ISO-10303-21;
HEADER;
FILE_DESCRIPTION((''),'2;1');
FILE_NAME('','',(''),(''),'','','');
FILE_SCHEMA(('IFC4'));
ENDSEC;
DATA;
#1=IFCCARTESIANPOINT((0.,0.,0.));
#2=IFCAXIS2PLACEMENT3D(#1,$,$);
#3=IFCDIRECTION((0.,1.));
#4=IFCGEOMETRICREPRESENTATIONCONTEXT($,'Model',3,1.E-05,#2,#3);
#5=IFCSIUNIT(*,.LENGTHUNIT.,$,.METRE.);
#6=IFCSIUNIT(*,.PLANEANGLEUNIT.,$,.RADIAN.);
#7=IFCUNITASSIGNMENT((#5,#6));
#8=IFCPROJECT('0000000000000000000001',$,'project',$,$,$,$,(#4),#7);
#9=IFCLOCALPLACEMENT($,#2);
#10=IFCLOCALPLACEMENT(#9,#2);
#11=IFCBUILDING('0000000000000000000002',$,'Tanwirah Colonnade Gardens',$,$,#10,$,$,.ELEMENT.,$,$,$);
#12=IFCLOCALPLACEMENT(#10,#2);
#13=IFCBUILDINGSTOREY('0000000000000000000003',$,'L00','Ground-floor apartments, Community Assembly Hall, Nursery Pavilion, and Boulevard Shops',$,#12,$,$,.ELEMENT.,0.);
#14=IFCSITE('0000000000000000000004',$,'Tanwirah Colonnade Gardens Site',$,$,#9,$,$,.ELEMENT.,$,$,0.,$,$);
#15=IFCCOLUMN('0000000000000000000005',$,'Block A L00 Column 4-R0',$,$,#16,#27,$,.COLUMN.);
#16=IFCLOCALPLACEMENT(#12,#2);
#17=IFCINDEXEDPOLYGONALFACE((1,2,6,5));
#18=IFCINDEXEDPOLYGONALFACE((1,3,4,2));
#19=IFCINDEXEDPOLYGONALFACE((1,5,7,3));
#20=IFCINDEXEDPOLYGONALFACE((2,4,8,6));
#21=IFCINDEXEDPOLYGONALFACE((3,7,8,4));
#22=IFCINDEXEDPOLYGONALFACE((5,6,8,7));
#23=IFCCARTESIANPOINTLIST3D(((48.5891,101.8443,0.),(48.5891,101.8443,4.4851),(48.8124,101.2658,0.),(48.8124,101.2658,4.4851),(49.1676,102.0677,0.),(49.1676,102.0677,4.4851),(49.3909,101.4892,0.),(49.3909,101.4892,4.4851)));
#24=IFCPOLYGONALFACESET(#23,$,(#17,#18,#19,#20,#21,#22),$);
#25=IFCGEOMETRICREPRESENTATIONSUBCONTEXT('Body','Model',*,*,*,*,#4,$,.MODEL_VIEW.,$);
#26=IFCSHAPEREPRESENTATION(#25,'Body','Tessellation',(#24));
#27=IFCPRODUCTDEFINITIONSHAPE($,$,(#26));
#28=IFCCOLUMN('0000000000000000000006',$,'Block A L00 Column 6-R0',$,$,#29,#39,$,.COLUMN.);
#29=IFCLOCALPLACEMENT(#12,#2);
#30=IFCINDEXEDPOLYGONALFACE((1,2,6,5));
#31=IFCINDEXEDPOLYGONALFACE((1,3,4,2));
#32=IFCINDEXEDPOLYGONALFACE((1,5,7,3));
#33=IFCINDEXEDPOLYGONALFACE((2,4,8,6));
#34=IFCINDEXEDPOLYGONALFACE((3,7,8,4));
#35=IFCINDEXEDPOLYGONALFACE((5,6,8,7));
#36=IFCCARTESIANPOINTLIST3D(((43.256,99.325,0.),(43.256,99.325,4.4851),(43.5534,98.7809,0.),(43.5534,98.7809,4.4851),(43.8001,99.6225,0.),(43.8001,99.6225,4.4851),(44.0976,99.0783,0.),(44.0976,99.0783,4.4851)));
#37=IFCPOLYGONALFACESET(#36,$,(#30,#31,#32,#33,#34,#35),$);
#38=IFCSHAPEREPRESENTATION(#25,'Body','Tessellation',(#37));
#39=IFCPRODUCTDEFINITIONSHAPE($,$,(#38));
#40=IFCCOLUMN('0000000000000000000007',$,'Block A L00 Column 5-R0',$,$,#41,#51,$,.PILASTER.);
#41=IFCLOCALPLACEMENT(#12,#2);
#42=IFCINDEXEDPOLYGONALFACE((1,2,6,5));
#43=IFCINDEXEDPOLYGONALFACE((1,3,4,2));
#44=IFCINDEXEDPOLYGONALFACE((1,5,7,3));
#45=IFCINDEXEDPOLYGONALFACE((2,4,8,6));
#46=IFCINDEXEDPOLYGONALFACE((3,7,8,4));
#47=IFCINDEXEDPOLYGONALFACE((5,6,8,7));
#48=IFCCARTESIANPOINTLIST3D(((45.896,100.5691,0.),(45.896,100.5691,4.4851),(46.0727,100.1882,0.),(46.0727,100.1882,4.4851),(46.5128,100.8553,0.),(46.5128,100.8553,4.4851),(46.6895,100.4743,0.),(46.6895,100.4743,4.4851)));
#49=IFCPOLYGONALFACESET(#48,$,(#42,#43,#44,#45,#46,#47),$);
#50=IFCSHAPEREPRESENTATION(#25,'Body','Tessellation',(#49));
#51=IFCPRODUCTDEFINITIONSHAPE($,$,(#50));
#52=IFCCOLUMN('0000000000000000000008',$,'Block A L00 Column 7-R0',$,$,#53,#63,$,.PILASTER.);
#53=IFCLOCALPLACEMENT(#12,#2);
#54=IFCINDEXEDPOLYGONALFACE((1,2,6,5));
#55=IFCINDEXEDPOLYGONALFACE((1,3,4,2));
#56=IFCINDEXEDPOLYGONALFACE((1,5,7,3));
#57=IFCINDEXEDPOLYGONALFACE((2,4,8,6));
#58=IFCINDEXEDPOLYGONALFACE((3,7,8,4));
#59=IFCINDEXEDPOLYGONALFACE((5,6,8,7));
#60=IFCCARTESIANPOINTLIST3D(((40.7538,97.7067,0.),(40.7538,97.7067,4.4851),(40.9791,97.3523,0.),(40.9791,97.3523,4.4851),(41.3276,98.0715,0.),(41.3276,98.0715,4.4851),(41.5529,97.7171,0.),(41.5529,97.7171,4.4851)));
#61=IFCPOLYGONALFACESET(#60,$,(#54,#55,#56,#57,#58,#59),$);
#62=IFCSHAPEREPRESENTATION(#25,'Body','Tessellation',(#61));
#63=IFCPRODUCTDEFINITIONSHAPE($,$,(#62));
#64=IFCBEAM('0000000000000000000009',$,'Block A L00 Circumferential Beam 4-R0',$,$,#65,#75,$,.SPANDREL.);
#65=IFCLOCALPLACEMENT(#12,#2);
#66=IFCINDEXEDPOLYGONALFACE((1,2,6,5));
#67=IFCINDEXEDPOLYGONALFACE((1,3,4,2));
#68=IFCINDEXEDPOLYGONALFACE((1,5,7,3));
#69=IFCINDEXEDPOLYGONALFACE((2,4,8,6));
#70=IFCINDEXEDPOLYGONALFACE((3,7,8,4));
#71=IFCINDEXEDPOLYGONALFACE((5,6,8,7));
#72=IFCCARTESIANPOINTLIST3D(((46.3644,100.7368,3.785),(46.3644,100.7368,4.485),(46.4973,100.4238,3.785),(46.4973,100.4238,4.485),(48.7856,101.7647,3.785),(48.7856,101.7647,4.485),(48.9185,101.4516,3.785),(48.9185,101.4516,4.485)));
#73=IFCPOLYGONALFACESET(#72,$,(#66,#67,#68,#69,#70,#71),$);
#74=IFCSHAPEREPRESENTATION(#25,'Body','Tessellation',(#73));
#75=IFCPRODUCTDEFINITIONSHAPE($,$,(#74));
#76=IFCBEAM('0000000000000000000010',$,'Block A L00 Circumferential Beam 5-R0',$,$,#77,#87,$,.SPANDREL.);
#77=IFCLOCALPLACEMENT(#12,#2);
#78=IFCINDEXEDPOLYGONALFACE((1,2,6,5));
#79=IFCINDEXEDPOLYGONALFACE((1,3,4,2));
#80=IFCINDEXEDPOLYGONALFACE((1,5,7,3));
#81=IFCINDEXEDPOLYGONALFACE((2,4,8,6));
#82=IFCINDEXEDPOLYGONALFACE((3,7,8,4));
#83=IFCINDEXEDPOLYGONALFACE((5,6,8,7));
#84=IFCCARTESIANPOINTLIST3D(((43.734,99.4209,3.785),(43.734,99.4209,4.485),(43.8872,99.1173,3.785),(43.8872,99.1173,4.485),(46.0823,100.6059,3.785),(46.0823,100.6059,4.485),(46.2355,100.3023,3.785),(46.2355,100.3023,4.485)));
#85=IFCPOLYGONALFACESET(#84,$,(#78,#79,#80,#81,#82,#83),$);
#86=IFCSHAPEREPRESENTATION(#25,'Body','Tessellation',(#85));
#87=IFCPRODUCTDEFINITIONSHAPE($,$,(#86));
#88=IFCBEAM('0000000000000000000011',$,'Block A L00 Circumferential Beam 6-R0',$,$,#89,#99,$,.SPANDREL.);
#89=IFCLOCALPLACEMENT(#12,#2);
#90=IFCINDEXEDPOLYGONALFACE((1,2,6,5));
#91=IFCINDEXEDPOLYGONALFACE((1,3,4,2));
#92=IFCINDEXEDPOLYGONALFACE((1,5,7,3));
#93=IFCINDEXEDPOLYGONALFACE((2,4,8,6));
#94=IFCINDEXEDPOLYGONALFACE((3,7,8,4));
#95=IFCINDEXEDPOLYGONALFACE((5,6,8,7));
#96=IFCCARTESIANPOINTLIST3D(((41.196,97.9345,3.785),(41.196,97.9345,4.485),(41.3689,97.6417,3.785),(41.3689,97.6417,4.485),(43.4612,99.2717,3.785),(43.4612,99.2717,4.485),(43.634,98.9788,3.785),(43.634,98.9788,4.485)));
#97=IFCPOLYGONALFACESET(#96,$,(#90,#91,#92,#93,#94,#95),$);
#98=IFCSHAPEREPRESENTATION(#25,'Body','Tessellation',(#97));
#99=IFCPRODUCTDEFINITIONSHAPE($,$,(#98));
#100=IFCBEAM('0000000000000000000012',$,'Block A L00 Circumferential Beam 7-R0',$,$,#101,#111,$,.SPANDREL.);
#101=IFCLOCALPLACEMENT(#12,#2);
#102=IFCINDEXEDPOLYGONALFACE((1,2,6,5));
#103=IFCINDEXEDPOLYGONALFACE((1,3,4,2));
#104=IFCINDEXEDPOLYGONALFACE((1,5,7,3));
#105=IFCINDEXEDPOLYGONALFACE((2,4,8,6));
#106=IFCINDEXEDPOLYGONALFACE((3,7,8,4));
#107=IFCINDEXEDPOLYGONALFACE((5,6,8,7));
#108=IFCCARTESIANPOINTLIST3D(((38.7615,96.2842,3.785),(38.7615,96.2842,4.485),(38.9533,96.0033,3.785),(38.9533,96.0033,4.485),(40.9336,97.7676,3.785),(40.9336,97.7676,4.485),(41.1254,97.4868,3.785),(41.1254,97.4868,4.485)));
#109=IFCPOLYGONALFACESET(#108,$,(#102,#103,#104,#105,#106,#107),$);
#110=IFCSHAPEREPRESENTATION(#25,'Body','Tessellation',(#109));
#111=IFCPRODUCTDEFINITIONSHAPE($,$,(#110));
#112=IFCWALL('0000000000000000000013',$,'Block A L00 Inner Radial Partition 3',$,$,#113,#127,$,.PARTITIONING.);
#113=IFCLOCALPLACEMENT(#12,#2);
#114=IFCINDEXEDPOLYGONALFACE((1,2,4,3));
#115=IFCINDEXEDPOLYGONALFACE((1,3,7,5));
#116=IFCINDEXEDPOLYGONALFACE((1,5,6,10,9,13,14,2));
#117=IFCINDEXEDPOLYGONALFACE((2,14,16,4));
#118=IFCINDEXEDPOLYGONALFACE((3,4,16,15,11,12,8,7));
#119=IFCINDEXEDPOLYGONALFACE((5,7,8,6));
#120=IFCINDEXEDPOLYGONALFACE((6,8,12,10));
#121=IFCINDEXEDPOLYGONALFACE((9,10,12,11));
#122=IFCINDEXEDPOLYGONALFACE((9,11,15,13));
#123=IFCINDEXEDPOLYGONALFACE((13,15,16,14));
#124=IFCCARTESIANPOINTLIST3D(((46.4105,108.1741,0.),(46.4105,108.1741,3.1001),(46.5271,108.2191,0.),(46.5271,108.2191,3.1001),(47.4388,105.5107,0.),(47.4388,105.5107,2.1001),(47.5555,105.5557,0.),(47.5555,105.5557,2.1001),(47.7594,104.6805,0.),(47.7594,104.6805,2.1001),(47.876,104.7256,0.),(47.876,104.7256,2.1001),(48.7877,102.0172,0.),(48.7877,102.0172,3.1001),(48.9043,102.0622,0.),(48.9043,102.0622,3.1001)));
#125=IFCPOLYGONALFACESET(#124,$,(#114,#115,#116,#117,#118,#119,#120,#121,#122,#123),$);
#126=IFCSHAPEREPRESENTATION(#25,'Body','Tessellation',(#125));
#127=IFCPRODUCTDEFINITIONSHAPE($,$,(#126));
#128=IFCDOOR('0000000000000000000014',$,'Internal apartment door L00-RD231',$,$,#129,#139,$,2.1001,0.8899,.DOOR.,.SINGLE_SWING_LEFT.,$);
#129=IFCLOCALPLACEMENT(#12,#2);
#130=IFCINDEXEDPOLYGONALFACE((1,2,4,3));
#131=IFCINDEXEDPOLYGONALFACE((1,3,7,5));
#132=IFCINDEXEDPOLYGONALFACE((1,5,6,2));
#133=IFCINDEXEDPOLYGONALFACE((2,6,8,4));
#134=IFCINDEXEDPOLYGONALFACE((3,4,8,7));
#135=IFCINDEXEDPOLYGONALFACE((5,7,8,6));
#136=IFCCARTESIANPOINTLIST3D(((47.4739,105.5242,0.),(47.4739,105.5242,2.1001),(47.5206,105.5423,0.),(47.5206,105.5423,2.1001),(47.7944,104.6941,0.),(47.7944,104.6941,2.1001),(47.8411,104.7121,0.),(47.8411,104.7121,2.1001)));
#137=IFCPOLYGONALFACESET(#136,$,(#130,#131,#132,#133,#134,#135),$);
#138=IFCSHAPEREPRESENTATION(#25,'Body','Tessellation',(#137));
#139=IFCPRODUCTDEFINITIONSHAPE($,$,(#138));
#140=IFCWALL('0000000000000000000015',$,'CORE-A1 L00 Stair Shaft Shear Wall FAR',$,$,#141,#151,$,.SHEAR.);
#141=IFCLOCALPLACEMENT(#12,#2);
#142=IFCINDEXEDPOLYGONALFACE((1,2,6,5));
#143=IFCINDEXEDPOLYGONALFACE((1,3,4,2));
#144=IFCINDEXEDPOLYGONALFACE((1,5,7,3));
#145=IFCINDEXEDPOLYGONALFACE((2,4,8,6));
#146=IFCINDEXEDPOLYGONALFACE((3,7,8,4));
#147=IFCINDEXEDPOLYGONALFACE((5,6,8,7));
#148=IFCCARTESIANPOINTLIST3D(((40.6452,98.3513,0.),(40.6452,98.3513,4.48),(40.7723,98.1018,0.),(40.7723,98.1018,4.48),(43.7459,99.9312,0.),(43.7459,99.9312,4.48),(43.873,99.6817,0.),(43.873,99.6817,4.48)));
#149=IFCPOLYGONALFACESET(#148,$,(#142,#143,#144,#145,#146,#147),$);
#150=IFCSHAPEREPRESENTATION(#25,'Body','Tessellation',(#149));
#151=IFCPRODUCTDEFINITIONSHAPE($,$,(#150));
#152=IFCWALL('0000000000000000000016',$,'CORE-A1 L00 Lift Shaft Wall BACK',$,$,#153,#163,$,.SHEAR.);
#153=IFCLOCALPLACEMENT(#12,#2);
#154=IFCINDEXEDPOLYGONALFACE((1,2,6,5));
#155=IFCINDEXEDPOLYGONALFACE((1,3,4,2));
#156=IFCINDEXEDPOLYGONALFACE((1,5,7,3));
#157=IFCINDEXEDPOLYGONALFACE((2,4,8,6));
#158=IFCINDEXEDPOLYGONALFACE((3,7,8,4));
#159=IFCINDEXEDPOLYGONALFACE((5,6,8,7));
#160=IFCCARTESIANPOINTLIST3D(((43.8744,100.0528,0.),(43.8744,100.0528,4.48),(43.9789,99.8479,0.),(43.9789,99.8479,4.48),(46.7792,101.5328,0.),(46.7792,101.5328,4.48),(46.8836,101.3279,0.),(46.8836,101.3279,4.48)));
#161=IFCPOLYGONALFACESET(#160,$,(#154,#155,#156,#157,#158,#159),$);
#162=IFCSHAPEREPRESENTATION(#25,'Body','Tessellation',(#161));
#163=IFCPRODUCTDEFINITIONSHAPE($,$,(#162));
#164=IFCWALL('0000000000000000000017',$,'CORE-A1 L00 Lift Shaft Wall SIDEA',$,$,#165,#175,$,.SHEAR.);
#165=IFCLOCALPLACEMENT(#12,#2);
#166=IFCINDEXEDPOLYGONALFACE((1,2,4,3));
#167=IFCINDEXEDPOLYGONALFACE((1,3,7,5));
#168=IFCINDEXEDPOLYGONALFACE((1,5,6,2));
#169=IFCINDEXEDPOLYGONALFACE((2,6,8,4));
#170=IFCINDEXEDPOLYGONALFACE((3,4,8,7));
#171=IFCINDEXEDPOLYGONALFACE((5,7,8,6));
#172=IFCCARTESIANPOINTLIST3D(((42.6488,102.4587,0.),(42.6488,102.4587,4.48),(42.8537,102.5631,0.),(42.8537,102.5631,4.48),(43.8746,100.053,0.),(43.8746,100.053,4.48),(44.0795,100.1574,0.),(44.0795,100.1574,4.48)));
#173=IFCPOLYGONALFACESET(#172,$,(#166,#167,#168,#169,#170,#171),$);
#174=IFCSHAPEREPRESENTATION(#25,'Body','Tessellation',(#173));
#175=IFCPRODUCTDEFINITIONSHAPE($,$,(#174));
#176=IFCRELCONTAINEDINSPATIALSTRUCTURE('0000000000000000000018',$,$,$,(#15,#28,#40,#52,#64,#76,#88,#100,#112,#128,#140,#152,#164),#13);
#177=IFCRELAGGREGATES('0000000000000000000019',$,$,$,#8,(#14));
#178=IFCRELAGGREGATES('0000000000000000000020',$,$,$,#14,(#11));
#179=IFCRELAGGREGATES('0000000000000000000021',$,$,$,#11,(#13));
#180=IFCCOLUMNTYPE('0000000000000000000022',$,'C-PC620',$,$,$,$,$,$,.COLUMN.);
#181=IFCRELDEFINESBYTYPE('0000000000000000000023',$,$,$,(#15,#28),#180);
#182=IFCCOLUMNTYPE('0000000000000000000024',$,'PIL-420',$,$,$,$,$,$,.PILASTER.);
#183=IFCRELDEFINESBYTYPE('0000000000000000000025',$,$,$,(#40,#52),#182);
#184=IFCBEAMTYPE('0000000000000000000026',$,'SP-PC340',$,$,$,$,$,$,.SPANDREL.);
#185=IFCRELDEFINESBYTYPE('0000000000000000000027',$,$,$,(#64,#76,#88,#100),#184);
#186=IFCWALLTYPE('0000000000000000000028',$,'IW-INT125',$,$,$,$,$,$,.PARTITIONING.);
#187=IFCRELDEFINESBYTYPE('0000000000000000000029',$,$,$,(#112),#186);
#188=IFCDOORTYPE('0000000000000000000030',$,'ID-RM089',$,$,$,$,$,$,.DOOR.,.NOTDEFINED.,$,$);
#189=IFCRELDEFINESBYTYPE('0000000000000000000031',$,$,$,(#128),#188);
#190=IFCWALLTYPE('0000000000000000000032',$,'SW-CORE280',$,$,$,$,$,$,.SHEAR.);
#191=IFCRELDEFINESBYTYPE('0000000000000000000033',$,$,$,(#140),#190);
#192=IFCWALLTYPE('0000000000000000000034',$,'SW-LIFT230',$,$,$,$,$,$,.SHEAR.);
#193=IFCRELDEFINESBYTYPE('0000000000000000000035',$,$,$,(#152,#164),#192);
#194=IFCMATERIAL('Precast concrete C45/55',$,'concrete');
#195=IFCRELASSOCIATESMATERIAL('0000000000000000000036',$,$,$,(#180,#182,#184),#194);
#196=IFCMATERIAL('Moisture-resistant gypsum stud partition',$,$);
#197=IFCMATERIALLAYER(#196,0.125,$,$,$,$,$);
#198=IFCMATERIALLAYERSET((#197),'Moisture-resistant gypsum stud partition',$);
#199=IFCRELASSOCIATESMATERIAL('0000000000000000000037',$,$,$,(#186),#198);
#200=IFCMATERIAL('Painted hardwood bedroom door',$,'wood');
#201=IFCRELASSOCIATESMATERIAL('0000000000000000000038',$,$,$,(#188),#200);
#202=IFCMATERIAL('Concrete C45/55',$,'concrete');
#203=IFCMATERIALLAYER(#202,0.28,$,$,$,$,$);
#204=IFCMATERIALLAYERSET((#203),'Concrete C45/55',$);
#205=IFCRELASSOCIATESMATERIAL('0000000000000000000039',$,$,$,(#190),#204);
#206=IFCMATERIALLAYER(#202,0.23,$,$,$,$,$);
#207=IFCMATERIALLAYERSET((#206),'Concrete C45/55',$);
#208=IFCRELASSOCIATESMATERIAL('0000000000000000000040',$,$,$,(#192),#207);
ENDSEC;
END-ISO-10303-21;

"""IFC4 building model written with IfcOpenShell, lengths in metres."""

from ifc_helpers import new_model, si_unit, direction, frame, frame_2d, origin, origin_2d, place, context, subcontext, project, spatial, rectangle, extrude, material, layer, layer_set, material_profile, profile_set, type_object, element, fill, save


model = new_model("IFC4")

# Units and contexts
model_context = context("Model", 3, precision=1e-05, world=origin(), true_north=direction((0.0, 1.0)))
body_context = subcontext(model_context, "Body", "Model", "MODEL_VIEW")
ifc_project = project(units=[si_unit("LENGTHUNIT", "METRE"), si_unit("PLANEANGLEUNIT", "RADIAN")], contexts=[model_context])

# Site, building, storey
site_placement = place(None, origin())
site = spatial("IfcSite", under=ifc_project, at=site_placement, Name="Tanwirah Colonnade Gardens Site", CompositionType="ELEMENT", RefElevation=0.0)
building_placement = place(site_placement, origin())
building = spatial("IfcBuilding", under=site, at=building_placement, Name="Tanwirah Colonnade Gardens", CompositionType="ELEMENT")
storey_placement = place(building_placement, origin())
storey = spatial("IfcBuildingStorey", under=building, at=storey_placement, Name="L00", Description="Ground-floor apartments, Community Assembly Hall, Nursery Pavilion, and Boulevard Shops", CompositionType="ELEMENT", Elevation=0.0)

# Columns
ifc_material_1 = material(Name="Precast concrete C45/55", Category="concrete")
ifc_material_profile_1 = material_profile(ifc_material_1, rectangle(XDim=0.6201, YDim=0.6201, at=origin_2d()), Name="PC-COL 620x620")
ifc_profile_set_1 = profile_set([ifc_material_profile_1], Name="Precast concrete C45/55")
column_type_1 = type_object("IfcColumnType", Name="C-PC620", PredefinedType="COLUMN", material=ifc_profile_set_1)
for number, where, z_axis, x_axis, name in (
    (1, (48.99, 101.6667, 0.0), (0.0, 0.0, 1.0), (-0.360178, 0.932884, 0.0), "Block A L00 Column 4-R0"),
    (2, (43.6768, 99.2017, 0.0), (0.0, 0.0, 1.0), (-0.479713, 0.877425, 0.0), "Block A L00 Column 6-R0"),
):
    element("IfcColumn", number, at=place(storey_placement, frame(where, z_axis=z_axis, x_axis=x_axis)), inside=storey, type_object=column_type_1, Name=name, PredefinedType="COLUMN", context=body_context, shape_type="SweptSolid", body=[
        extrude(rectangle(XDim=0.6201, YDim=0.6201, at=origin_2d()), origin(), (0.0, 0.0, 1.0), 4.4851),
    ])
ifc_material_profile_2 = material_profile(ifc_material_1, rectangle(XDim=0.4199, YDim=0.6799, at=origin_2d()), Name="PC-PIL 420x680")
ifc_profile_set_2 = profile_set([ifc_material_profile_2], Name="Precast concrete C45/55")
column_type_2 = type_object("IfcColumnType", Name="PIL-420", PredefinedType="PILASTER", material=ifc_profile_set_2)
for number, where, z_axis, x_axis, name in (
    (3, (46.2927, 100.5217, 0.0), (0.0, 0.0, 1.0), (-0.42086, 0.907126, 0.0), "Block A L00 Column 5-R0"),
    (4, (41.1533, 97.7119, 0.0), (0.0, 0.0, 1.0), (-0.536482, 0.843912, 0.0), "Block A L00 Column 7-R0"),
):
    element("IfcColumn", number, at=place(storey_placement, frame(where, z_axis=z_axis, x_axis=x_axis)), inside=storey, type_object=column_type_2, Name=name, PredefinedType="PILASTER", context=body_context, shape_type="SweptSolid", body=[
        extrude(rectangle(XDim=0.4199, YDim=0.6799, at=origin_2d()), origin(), (0.0, 0.0, 1.0), 4.4851),
    ])

# Beams
ifc_material_profile_3 = material_profile(ifc_material_1, rectangle(XDim=0.3401, YDim=0.7, at=origin_2d()), Name="PC-SP 340x700")
ifc_profile_set_3 = profile_set([ifc_material_profile_3], Name="Precast concrete C45/55")
beam_type = type_object("IfcBeamType", Name="SP-PC340", PredefinedType="SPANDREL", material=ifc_profile_set_3)
for number, where, z_axis, x_axis, name in (
    (5, (48.8521, 101.6082, 4.135), (-0.920489, -0.390769, 0.0), (0.390769, -0.920489, 0.0), "Block A L00 Circumferential Beam 4-R0"),
    (6, (46.1589, 100.4541, 4.135), (-0.892769, -0.450515, 0.0), (0.450515, -0.892769, 0.0), "Block A L00 Circumferential Beam 5-R0"),
    (7, (43.5476, 99.1252, 4.135), (-0.861148, -0.508354, 0.0), (0.508354, -0.861148, 0.0), "Block A L00 Circumferential Beam 6-R0"),
    (8, (41.0295, 97.6272, 4.135), (-0.825801, -0.563962, 0.0), (0.563962, -0.825801, 0.0), "Block A L00 Circumferential Beam 7-R0"),
):
    element("IfcBeam", number, at=place(storey_placement, frame(where, z_axis=z_axis, x_axis=x_axis)), inside=storey, type_object=beam_type, Name=name, PredefinedType="SPANDREL", context=body_context, shape_type="SweptSolid", body=[
        extrude(rectangle(XDim=0.3401, YDim=0.7, at=origin_2d()), origin(), (0.0, 0.0, 1.0), 2.6304),
    ])

# Wall, opening, door
ifc_material_2 = material(Name="Moisture-resistant gypsum stud partition")
ifc_layer_1 = layer(ifc_material_2, 0.125)
ifc_layer_set_1 = layer_set([ifc_layer_1], Name="Moisture-resistant gypsum stud partition")
wall_type_1 = type_object("IfcWallType", Name="IW-INT125", PredefinedType="PARTITIONING", material=ifc_layer_set_1)
wall_1_placement = place(storey_placement, frame((48.8459, 102.0398, 0.0), z_axis=(0.0, 0.0, 1.0), x_axis=(-0.360183, 0.932881, 0.0)))
wall_1 = element("IfcWall", 9, at=wall_1_placement, inside=storey, type_object=wall_type_1, Name="Block A L00 Inner Radial Partition 3", PredefinedType="PARTITIONING", context=body_context, shape_type="SweptSolid", body=[
    extrude(rectangle(XDim=6.5999, YDim=0.125, at=frame_2d((3.2998, 0.0))), origin(), (0.0, 0.0, 1.0), 3.1001),
])
opening_1_placement = place(wall_1_placement, frame((2.855, 0.0, 0.0)))
opening_1 = element("IfcOpeningElement", 10, at=opening_1_placement, cuts=wall_1, PredefinedType="OPENING", context=body_context, shape_type="SweptSolid", body=[
    extrude(rectangle(XDim=0.8899, YDim=2.1001, at=frame_2d((0.4448, 1.05))), frame((0.0, 0.0725, 0.0), z_axis=(0.0, -1.0, 0.0), x_axis=(1.0, 0.0, 0.0)), (0.0, 0.0, 1.0), 0.145),
])
ifc_material_3 = material(Name="Painted hardwood bedroom door", Category="wood")
door_type_1 = type_object("IfcDoorType", Name="ID-RM089", OperationType="NOTDEFINED", PredefinedType="DOOR", material=ifc_material_3)
door_1_placement = place(opening_1_placement, origin())
door_1 = element("IfcDoor", 11, at=door_1_placement, inside=storey, type_object=door_type_1, Name="Internal apartment door L00-RD231", OperationType="SINGLE_SWING_LEFT", OverallHeight=2.1001, OverallWidth=0.8899, PredefinedType="DOOR", context=body_context, shape_type="SweptSolid", body=[
    extrude(rectangle(XDim=0.8899, YDim=2.1001, at=frame_2d((0.4448, 1.05))), frame((0.0, 0.0249, 0.0), z_axis=(0.0, -1.0, 0.0), x_axis=(1.0, 0.0, 0.0)), (0.0, 0.0, 1.0), 0.05),
])
fill(opening_1, door_1)

# Wall
ifc_material_4 = material(Name="Concrete C45/55", Category="concrete")
ifc_layer_2 = layer(ifc_material_4, 0.28)
ifc_layer_set_2 = layer_set([ifc_layer_2], Name="Concrete C45/55")
wall_type_2 = type_object("IfcWallType", Name="SW-CORE280", PredefinedType="SHEAR", material=ifc_layer_set_2)
wall_2_placement = place(storey_placement, frame((40.7087, 98.2266, 0.0), z_axis=(0.0, 0.0, 1.0), x_axis=(0.891006, 0.453992, 0.0)))
element("IfcWall", 12, at=wall_2_placement, inside=storey, type_object=wall_type_2, Name="CORE-A1 L00 Stair Shaft Shear Wall FAR", PredefinedType="SHEAR", context=body_context, shape_type="SweptSolid", body=[
    extrude(rectangle(XDim=3.48, YDim=0.28, at=frame_2d((1.74, 0.0))), origin(), (0.0, 0.0, 1.0), 4.48),
])

# Shared definitions
ifc_layer_3 = layer(ifc_material_4, 0.23)
ifc_layer_set_3 = layer_set([ifc_layer_3], Name="Concrete C45/55")
wall_type_3 = type_object("IfcWallType", Name="SW-LIFT230", PredefinedType="SHEAR", material=ifc_layer_set_3)

# Walls
wall_3_placement = place(storey_placement, frame((43.9268, 99.9504, 0.0), z_axis=(0.0, 0.0, 1.0), x_axis=(0.891017, 0.453971, 0.0)))
element("IfcWall", 13, at=wall_3_placement, inside=storey, type_object=wall_type_3, Name="CORE-A1 L00 Lift Shaft Wall BACK", PredefinedType="SHEAR", context=body_context, shape_type="SweptSolid", body=[
    extrude(rectangle(XDim=3.26, YDim=0.23, at=frame_2d((1.6299, 0.0))), origin(), (0.0, 0.0, 1.0), 4.48),
])
wall_4_placement = place(storey_placement, frame((42.7512, 102.511, 0.0), z_axis=(0.0, 0.0, 1.0), x_axis=(0.454, -0.891002, 0.0)))
element("IfcWall", 14, at=wall_4_placement, inside=storey, type_object=wall_type_3, Name="CORE-A1 L00 Lift Shaft Wall SIDEA", PredefinedType="SHEAR", context=body_context, shape_type="SweptSolid", body=[
    extrude(rectangle(XDim=2.7, YDim=0.23, at=frame_2d((1.3501, 0.0))), origin(), (0.0, 0.0, 1.0), 4.48),
])

save(model, "model.ifc")
